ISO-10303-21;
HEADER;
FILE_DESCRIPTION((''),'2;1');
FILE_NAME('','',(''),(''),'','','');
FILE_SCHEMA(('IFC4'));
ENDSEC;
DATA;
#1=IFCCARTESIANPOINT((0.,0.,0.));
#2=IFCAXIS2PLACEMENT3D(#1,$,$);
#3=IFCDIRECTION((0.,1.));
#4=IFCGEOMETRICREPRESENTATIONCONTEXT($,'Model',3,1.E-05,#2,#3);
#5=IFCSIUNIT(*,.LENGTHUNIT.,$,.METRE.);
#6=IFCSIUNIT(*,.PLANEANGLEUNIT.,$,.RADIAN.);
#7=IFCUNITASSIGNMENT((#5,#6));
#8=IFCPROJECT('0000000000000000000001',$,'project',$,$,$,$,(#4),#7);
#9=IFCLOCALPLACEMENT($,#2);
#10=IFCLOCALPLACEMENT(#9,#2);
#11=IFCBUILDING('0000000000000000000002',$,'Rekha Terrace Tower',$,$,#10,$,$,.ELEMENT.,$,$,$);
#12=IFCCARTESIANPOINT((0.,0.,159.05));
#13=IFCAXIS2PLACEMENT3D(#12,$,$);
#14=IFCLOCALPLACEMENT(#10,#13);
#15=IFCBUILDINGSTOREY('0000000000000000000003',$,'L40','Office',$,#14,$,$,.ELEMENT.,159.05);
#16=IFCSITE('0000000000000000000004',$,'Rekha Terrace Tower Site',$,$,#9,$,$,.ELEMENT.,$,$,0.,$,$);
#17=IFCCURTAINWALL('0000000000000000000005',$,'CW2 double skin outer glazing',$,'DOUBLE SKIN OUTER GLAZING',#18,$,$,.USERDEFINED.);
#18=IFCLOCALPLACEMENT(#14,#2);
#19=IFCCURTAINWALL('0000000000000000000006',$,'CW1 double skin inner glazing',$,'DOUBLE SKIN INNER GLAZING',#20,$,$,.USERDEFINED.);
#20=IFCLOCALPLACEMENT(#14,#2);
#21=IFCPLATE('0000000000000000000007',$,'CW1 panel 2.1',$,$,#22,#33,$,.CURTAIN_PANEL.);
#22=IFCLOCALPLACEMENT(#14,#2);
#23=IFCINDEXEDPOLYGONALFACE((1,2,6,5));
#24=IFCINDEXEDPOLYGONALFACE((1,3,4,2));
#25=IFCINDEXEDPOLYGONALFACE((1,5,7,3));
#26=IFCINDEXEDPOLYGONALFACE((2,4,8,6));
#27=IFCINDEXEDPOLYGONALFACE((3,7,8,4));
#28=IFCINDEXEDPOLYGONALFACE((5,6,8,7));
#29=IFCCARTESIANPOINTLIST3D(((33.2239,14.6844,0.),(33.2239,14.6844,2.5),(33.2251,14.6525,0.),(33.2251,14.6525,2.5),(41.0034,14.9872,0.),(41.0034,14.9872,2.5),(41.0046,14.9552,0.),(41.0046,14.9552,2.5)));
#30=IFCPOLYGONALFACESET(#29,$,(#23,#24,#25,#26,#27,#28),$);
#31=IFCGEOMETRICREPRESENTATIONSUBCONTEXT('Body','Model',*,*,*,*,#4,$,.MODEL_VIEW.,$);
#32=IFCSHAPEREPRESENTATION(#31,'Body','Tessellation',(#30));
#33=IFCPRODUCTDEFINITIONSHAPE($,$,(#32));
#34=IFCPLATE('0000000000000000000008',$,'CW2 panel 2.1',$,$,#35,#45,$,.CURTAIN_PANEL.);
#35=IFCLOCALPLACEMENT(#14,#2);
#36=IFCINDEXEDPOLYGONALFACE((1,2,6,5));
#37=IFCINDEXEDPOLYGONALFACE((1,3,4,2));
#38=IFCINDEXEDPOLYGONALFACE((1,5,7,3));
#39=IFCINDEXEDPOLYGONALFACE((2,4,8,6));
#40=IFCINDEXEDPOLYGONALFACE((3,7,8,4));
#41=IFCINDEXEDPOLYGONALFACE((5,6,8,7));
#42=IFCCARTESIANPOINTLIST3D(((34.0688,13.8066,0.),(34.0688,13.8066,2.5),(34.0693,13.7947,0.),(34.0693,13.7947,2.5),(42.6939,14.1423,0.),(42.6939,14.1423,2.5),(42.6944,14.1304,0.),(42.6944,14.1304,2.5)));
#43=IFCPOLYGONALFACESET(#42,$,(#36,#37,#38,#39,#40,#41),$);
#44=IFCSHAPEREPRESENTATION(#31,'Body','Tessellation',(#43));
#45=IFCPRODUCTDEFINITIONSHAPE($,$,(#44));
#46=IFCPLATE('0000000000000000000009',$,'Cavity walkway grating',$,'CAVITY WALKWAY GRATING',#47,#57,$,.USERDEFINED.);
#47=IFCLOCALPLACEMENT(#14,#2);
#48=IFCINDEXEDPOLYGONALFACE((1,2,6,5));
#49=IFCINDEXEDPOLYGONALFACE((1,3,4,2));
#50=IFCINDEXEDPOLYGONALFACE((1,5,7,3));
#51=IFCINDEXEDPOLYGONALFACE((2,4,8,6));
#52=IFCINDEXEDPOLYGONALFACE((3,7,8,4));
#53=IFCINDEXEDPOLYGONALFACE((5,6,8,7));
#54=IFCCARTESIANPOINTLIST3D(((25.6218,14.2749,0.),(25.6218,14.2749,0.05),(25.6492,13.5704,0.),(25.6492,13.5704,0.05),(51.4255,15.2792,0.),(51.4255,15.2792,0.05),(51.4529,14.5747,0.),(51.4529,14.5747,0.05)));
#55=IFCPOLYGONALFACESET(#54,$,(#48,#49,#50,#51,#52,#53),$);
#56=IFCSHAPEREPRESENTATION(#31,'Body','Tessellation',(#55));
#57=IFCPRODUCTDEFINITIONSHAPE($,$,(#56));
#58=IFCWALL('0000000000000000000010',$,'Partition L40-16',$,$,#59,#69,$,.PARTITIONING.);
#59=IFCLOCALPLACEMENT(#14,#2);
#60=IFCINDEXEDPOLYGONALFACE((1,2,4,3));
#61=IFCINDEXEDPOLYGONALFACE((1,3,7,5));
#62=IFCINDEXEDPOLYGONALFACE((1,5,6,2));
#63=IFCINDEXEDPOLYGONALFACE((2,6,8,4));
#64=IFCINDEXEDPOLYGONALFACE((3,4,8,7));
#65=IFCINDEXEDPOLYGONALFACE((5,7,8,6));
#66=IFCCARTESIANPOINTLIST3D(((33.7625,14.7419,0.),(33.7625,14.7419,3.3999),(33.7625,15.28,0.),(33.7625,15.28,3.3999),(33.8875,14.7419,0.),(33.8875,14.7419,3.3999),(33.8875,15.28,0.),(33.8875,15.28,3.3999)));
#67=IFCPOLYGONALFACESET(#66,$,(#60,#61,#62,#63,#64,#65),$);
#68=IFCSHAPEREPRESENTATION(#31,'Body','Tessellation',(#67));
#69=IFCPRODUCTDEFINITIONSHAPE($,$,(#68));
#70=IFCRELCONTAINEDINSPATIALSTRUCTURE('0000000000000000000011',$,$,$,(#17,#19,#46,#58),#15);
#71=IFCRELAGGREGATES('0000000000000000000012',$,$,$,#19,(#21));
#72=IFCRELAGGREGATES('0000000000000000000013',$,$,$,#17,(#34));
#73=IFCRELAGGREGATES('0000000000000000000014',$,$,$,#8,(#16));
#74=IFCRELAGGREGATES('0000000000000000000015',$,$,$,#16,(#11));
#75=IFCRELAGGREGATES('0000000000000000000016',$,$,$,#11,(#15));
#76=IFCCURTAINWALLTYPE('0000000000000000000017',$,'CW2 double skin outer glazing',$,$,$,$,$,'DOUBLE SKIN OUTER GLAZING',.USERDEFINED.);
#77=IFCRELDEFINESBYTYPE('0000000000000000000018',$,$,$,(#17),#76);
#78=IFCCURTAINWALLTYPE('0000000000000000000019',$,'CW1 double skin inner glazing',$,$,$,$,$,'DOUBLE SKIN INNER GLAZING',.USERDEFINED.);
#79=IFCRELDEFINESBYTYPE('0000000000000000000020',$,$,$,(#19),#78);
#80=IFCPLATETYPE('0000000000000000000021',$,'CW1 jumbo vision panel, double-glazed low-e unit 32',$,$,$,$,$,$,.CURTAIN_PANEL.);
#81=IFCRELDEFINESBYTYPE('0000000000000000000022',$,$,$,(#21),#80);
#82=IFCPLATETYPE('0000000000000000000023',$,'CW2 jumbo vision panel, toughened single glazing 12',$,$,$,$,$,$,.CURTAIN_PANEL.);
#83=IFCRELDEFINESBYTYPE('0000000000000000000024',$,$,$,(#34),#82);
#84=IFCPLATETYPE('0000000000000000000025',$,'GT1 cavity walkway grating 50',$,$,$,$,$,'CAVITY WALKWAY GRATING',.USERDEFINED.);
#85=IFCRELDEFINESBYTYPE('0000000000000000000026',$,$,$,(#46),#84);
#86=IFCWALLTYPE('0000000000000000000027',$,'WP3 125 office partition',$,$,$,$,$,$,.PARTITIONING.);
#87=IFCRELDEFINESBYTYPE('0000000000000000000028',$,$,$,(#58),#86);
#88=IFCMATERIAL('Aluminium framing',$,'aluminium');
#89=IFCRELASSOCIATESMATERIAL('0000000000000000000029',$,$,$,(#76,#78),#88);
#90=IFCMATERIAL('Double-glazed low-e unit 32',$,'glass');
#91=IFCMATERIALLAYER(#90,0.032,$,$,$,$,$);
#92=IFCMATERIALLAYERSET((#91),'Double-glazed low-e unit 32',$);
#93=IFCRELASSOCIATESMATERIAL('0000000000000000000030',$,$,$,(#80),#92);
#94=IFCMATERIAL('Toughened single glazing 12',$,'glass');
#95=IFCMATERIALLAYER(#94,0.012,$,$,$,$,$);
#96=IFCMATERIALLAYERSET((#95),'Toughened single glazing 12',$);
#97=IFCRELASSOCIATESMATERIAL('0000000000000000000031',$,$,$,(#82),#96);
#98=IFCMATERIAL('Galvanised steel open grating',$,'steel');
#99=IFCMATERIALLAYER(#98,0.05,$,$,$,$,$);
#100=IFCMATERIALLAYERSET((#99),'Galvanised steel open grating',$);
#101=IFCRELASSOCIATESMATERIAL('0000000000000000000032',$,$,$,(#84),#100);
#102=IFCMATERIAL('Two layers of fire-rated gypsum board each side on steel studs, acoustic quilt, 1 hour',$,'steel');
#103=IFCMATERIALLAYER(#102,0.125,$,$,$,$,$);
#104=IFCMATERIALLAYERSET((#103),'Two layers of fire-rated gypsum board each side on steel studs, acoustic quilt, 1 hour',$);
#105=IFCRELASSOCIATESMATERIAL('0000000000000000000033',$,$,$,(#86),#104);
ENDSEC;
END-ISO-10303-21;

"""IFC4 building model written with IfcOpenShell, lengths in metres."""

from ifc_helpers import new_model, si_unit, direction, frame, frame_2d, origin, origin_2d, place, context, subcontext, project, spatial, rectangle, extrude, material, layer, layer_set, type_object, element, aggregate, save


model = new_model("IFC4")

# Units and contexts
model_context = context("Model", 3, precision=1e-05, world=origin(), true_north=direction((0.0, 1.0)))
body_context = subcontext(model_context, "Body", "Model", "MODEL_VIEW")
ifc_project = project(units=[si_unit("LENGTHUNIT", "METRE"), si_unit("PLANEANGLEUNIT", "RADIAN")], contexts=[model_context])

# Site, building, storey
site_placement = place(None, origin())
site = spatial("IfcSite", under=ifc_project, at=site_placement, Name="Rekha Terrace Tower Site", CompositionType="ELEMENT", RefElevation=0.0)
building_placement = place(site_placement, origin())
building = spatial("IfcBuilding", under=site, at=building_placement, Name="Rekha Terrace Tower", CompositionType="ELEMENT")
storey_placement = place(building_placement, frame((0.0, 0.0, 159.05)))
storey = spatial("IfcBuildingStorey", under=building, at=storey_placement, Name="L40", Description="Office", CompositionType="ELEMENT", Elevation=159.05)

# Curtain walls
ifc_material_1 = material(Name="Aluminium framing", Category="aluminium")
curtain_wall_type_1 = type_object("IfcCurtainWallType", Name="CW2 double skin outer glazing", ElementType="DOUBLE SKIN OUTER GLAZING", PredefinedType="USERDEFINED", material=ifc_material_1)
curtain_wall_1_placement = place(storey_placement, origin())
curtain_wall_1 = element("IfcCurtainWall", 1, at=curtain_wall_1_placement, inside=storey, type_object=curtain_wall_type_1, Name="CW2 double skin outer glazing", ObjectType="DOUBLE SKIN OUTER GLAZING", PredefinedType="USERDEFINED")
curtain_wall_type_2 = type_object("IfcCurtainWallType", Name="CW1 double skin inner glazing", ElementType="DOUBLE SKIN INNER GLAZING", PredefinedType="USERDEFINED", material=ifc_material_1)
curtain_wall_2_placement = place(storey_placement, origin())
curtain_wall_2 = element("IfcCurtainWall", 2, at=curtain_wall_2_placement, inside=storey, type_object=curtain_wall_type_2, Name="CW1 double skin inner glazing", ObjectType="DOUBLE SKIN INNER GLAZING", PredefinedType="USERDEFINED")

# Plates
ifc_material_2 = material(Name="Double-glazed low-e unit 32", Category="glass")
ifc_layer_1 = layer(ifc_material_2, 0.032)
ifc_layer_set_1 = layer_set([ifc_layer_1], Name="Double-glazed low-e unit 32")
plate_type_1 = type_object("IfcPlateType", Name="CW1 jumbo vision panel, double-glazed low-e unit 32", PredefinedType="CURTAIN_PANEL", material=ifc_layer_set_1)
plate_1_placement = place(storey_placement, frame((37.1143, 14.8198, 0.0), z_axis=(0.0, 0.0, 1.0), x_axis=(0.999243, 0.03889, 0.0)))
plate_1 = element("IfcPlate", 3, at=plate_1_placement, type_object=plate_type_1, Name="CW1 panel 2.1", PredefinedType="CURTAIN_PANEL", context=body_context, shape_type="SweptSolid", body=[
    extrude(rectangle(XDim=7.7854, YDim=0.032, at=origin_2d()), origin(), (0.0, 0.0, 1.0), 2.5),
])
aggregate(curtain_wall_2, [plate_1])
ifc_material_3 = material(Name="Toughened single glazing 12", Category="glass")
ifc_layer_2 = layer(ifc_material_3, 0.012)
ifc_layer_set_2 = layer_set([ifc_layer_2], Name="Toughened single glazing 12")
plate_type_2 = type_object("IfcPlateType", Name="CW2 jumbo vision panel, toughened single glazing 12", PredefinedType="CURTAIN_PANEL", material=ifc_layer_set_2)
plate_2_placement = place(storey_placement, frame((38.3816, 13.9685, 0.0), z_axis=(0.0, 0.0, 1.0), x_axis=(0.999243, 0.03889, 0.0)))
plate_2 = element("IfcPlate", 4, at=plate_2_placement, type_object=plate_type_2, Name="CW2 panel 2.1", PredefinedType="CURTAIN_PANEL", context=body_context, shape_type="SweptSolid", body=[
    extrude(rectangle(XDim=8.6316, YDim=0.012, at=origin_2d()), origin(), (0.0, 0.0, 1.0), 2.5),
])
aggregate(curtain_wall_1, [plate_2])
ifc_material_4 = material(Name="Galvanised steel open grating", Category="steel")
ifc_layer_3 = layer(ifc_material_4, 0.05)
ifc_layer_set_3 = layer_set([ifc_layer_3], Name="Galvanised steel open grating")
plate_type_3 = type_object("IfcPlateType", Name="GT1 cavity walkway grating 50", ElementType="CAVITY WALKWAY GRATING", PredefinedType="USERDEFINED", material=ifc_layer_set_3)
plate_3_placement = place(storey_placement, frame((38.5374, 14.4248, 0.0), z_axis=(0.0, 0.0, 1.0), x_axis=(0.999243, 0.03889, 0.0)))
element("IfcPlate", 5, at=plate_3_placement, inside=storey, type_object=plate_type_3, Name="Cavity walkway grating", ObjectType="CAVITY WALKWAY GRATING", PredefinedType="USERDEFINED", context=body_context, shape_type="SweptSolid", body=[
    extrude(rectangle(XDim=25.8232, YDim=0.7051, at=origin_2d()), origin(), (0.0, 0.0, 1.0), 0.05),
])

# Wall
ifc_material_5 = material(Name="Two layers of fire-rated gypsum board each side on steel studs, acoustic quilt, 1 hour", Category="steel")
ifc_layer_4 = layer(ifc_material_5, 0.125)
ifc_layer_set_4 = layer_set([ifc_layer_4], Name="Two layers of fire-rated gypsum board each side on steel studs, acoustic quilt, 1 hour")
wall_type = type_object("IfcWallType", Name="WP3 125 office partition", PredefinedType="PARTITIONING", material=ifc_layer_set_4)
wall_placement = place(storey_placement, frame((33.825, 15.28, 0.0), z_axis=(0.0, 0.0, 1.0), x_axis=(0.0, -1.0, 0.0)))
element("IfcWall", 6, at=wall_placement, inside=storey, type_object=wall_type, Name="Partition L40-16", PredefinedType="PARTITIONING", context=body_context, shape_type="SweptSolid", body=[
    extrude(rectangle(XDim=0.5381, YDim=0.125, at=frame_2d((0.269, 0.0))), origin(), (0.0, 0.0, 1.0), 3.3999),
])

save(model, "model.ifc")
